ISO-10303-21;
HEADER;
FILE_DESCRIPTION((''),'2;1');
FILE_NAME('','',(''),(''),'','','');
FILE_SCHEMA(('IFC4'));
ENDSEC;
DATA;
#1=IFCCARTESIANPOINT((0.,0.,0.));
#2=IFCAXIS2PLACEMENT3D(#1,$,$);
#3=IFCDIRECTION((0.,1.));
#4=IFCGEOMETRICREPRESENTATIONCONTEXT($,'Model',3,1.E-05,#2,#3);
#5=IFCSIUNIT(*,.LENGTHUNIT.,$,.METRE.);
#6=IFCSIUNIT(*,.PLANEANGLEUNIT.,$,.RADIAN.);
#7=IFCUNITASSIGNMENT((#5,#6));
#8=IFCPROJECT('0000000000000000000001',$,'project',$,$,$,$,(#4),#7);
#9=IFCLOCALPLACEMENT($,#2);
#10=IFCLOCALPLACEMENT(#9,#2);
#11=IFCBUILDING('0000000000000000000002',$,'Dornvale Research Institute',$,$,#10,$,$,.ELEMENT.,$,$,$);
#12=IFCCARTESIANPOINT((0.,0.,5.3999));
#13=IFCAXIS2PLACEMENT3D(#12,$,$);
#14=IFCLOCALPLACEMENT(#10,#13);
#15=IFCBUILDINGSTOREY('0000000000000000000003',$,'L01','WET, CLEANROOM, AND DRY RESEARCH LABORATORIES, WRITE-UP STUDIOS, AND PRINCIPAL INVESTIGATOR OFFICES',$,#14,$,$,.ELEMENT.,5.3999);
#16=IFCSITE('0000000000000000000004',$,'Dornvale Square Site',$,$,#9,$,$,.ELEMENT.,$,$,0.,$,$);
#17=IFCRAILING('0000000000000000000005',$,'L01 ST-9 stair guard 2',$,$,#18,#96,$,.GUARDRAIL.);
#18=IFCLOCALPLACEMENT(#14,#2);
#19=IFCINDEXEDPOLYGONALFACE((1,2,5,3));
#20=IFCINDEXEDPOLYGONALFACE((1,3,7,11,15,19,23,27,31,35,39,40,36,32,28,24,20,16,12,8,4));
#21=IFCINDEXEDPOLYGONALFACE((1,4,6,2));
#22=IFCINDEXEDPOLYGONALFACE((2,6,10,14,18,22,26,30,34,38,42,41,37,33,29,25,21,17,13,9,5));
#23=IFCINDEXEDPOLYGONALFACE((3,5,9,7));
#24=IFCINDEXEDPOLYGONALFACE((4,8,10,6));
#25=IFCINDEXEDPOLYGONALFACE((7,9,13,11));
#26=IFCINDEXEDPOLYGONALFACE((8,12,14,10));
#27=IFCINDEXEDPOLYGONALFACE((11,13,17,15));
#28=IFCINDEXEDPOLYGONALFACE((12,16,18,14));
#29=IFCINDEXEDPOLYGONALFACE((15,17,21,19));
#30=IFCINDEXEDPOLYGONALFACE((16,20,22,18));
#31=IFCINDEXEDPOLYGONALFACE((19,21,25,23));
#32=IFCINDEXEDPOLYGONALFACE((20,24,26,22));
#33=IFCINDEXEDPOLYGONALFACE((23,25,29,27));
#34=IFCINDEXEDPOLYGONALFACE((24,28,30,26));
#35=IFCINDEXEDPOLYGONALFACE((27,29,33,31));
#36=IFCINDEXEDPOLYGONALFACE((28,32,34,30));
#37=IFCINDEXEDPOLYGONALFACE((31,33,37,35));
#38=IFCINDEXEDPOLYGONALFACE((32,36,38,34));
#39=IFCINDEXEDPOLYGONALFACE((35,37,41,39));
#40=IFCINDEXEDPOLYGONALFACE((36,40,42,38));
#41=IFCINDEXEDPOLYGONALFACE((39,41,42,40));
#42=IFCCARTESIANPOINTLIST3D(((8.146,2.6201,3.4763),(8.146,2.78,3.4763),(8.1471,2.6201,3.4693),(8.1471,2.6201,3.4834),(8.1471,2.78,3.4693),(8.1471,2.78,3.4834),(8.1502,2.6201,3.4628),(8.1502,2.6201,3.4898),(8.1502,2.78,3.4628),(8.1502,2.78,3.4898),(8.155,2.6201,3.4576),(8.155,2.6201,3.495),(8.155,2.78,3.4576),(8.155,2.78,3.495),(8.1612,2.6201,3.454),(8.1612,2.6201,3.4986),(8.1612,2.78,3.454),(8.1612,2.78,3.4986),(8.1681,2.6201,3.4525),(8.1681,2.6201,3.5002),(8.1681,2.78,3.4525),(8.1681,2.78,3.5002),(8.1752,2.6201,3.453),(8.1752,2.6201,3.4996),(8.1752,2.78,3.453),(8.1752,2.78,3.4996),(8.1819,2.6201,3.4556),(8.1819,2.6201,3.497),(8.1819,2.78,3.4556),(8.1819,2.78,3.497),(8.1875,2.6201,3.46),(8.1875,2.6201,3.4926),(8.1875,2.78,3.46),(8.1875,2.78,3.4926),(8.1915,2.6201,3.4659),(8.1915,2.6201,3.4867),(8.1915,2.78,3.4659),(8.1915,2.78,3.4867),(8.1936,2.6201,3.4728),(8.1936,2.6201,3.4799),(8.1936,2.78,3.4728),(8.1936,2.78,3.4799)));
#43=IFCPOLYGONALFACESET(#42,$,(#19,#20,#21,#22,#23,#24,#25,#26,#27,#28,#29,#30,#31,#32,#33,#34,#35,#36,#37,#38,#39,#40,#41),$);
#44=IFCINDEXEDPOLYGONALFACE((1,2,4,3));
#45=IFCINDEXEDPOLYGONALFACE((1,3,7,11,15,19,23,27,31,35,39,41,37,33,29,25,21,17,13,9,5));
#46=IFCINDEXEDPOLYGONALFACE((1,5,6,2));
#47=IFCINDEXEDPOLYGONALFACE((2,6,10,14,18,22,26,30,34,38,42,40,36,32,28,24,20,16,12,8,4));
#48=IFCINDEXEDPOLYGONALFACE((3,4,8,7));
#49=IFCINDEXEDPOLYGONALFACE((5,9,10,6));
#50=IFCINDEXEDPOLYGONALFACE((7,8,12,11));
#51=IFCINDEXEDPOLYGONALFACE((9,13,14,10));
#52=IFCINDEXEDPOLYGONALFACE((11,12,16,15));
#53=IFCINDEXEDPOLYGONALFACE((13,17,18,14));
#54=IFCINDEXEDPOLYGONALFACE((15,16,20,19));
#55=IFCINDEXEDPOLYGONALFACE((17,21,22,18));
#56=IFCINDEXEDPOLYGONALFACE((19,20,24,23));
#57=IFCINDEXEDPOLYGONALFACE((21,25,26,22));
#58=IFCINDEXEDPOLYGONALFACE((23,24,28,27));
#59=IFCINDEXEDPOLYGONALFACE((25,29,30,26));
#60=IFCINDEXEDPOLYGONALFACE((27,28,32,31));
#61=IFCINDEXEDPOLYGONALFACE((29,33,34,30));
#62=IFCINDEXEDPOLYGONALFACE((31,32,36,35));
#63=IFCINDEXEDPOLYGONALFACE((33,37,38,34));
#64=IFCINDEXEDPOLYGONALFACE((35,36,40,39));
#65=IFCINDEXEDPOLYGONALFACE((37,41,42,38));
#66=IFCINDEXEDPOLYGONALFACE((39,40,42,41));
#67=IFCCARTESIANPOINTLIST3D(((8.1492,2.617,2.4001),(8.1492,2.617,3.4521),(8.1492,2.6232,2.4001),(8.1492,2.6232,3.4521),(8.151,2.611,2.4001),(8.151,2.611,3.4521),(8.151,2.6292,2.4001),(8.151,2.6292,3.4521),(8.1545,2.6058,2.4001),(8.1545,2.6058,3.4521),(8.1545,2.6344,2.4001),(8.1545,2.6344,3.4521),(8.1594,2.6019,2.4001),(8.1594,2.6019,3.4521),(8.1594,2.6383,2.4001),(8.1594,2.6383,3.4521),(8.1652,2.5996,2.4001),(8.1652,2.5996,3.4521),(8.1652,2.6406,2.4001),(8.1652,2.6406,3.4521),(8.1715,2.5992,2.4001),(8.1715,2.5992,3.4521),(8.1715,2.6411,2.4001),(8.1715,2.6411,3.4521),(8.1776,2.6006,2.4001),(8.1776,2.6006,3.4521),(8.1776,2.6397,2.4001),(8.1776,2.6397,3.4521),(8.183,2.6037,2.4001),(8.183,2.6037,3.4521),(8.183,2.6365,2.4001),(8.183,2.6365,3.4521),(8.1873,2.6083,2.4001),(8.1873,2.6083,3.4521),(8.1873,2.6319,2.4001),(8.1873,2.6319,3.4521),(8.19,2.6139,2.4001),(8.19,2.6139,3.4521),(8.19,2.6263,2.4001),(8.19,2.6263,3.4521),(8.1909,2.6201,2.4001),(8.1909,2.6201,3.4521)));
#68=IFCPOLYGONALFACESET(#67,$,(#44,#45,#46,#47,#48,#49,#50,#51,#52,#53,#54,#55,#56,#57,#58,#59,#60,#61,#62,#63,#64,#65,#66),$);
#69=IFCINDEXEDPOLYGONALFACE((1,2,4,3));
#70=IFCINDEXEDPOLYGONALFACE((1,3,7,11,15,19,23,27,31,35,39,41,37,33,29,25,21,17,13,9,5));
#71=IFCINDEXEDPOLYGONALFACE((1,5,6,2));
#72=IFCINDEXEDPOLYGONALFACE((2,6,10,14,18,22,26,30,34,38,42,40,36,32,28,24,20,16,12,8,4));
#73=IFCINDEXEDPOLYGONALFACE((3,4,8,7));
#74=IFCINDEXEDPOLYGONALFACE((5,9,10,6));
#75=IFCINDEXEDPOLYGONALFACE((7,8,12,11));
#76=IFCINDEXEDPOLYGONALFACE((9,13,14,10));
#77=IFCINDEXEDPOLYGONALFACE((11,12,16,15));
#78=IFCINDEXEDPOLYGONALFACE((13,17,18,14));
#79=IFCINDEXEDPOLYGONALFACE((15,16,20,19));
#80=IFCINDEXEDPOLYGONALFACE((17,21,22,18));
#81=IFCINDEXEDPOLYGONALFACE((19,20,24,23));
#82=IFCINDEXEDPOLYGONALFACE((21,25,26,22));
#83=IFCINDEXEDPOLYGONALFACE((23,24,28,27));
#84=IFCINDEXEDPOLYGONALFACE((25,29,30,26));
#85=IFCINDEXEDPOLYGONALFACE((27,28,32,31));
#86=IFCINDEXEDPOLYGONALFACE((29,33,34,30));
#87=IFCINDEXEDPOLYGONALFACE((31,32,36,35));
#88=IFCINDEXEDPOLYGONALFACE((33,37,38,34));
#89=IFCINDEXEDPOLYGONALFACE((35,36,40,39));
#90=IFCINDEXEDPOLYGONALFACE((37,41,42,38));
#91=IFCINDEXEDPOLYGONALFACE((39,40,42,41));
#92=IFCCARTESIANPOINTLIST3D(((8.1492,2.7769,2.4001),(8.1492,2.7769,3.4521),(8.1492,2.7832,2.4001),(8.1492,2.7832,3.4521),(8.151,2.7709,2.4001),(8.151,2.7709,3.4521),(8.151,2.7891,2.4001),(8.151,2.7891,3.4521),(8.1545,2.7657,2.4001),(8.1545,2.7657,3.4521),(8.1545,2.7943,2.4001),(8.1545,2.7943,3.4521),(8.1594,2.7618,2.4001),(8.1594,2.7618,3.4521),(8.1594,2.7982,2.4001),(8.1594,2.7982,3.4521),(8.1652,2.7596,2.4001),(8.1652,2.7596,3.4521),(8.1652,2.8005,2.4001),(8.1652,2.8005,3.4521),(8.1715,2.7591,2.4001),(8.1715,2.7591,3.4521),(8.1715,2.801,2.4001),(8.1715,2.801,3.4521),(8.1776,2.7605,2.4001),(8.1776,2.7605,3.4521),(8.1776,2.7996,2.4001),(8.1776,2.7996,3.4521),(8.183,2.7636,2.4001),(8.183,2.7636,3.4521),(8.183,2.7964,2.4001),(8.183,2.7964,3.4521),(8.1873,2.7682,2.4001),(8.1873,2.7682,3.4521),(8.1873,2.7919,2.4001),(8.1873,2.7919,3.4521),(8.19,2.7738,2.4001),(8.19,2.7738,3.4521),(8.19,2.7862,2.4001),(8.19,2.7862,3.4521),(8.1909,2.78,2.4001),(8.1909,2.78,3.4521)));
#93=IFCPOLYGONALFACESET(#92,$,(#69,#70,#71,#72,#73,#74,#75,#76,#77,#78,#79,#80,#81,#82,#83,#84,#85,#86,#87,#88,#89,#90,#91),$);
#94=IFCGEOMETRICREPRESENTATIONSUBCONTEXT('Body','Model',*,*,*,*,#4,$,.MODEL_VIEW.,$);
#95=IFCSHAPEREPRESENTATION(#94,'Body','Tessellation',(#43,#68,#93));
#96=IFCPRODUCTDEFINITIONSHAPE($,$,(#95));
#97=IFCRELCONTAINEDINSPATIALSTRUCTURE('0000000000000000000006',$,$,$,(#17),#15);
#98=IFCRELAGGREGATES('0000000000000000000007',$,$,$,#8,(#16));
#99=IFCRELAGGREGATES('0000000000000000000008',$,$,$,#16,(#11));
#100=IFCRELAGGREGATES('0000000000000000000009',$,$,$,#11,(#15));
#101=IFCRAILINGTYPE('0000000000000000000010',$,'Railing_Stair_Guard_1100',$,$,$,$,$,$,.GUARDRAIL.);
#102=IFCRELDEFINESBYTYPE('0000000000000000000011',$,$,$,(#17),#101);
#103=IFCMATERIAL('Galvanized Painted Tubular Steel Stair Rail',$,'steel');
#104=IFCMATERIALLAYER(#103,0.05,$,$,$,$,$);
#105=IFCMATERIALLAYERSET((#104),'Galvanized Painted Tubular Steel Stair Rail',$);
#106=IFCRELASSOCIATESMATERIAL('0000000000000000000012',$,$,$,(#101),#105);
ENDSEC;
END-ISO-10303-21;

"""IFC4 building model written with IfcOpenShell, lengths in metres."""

from ifc_helpers import new_model, si_unit, direction, frame, origin, origin_2d, place, context, subcontext, project, spatial, circle, extrude, material, layer, layer_set, type_object, element, save


model = new_model("IFC4")

# Units and contexts
model_context = context("Model", 3, precision=1e-05, world=origin(), true_north=direction((0.0, 1.0)))
body_context = subcontext(model_context, "Body", "Model", "MODEL_VIEW")
ifc_project = project(units=[si_unit("LENGTHUNIT", "METRE"), si_unit("PLANEANGLEUNIT", "RADIAN")], contexts=[model_context])

# Site, building, storey
site_placement = place(None, origin())
site = spatial("IfcSite", under=ifc_project, at=site_placement, Name="Dornvale Square Site", CompositionType="ELEMENT", RefElevation=0.0)
building_placement = place(site_placement, origin())
building = spatial("IfcBuilding", under=site, at=building_placement, Name="Dornvale Research Institute", CompositionType="ELEMENT")
storey_placement = place(building_placement, frame((0.0, 0.0, 5.3999)))
storey = spatial("IfcBuildingStorey", under=building, at=storey_placement, Name="L01", Description="WET, CLEANROOM, AND DRY RESEARCH LABORATORIES, WRITE-UP STUDIOS, AND PRINCIPAL INVESTIGATOR OFFICES", CompositionType="ELEMENT", Elevation=5.3999)

# Railing
ifc_material_1 = material(Name="Galvanized Painted Tubular Steel Stair Rail", Category="steel")
ifc_layer_1 = layer(ifc_material_1, 0.05)
ifc_layer_set_1 = layer_set([ifc_layer_1], Name="Galvanized Painted Tubular Steel Stair Rail")
railing_type_1 = type_object("IfcRailingType", Name="Railing_Stair_Guard_1100", PredefinedType="GUARDRAIL", material=ifc_layer_set_1)
railing_1_placement = place(storey_placement, frame((8.1699, 2.6201, 2.4001)))
element("IfcRailing", 1, at=railing_1_placement, inside=storey, type_object=railing_type_1, Name="L01 ST-9 stair guard 2", PredefinedType="GUARDRAIL", context=body_context, shape_type="SweptSolid", body=[
    extrude(circle(Radius=0.0239, at=origin_2d()), frame((0.0, 0.0, 1.0762), z_axis=(0.0, 1.0, 0.0), x_axis=(-1.0, 0.0, 0.0)), (0.0, 0.0, 1.0), 0.1599),
    extrude(circle(Radius=0.021, at=origin_2d()), origin(), (0.0, 0.0, 1.0), 1.052),
    extrude(circle(Radius=0.021, at=origin_2d()), frame((0.0, 0.1599, 0.0)), (0.0, 0.0, 1.0), 1.052),
])

save(model, "model.ifc")
